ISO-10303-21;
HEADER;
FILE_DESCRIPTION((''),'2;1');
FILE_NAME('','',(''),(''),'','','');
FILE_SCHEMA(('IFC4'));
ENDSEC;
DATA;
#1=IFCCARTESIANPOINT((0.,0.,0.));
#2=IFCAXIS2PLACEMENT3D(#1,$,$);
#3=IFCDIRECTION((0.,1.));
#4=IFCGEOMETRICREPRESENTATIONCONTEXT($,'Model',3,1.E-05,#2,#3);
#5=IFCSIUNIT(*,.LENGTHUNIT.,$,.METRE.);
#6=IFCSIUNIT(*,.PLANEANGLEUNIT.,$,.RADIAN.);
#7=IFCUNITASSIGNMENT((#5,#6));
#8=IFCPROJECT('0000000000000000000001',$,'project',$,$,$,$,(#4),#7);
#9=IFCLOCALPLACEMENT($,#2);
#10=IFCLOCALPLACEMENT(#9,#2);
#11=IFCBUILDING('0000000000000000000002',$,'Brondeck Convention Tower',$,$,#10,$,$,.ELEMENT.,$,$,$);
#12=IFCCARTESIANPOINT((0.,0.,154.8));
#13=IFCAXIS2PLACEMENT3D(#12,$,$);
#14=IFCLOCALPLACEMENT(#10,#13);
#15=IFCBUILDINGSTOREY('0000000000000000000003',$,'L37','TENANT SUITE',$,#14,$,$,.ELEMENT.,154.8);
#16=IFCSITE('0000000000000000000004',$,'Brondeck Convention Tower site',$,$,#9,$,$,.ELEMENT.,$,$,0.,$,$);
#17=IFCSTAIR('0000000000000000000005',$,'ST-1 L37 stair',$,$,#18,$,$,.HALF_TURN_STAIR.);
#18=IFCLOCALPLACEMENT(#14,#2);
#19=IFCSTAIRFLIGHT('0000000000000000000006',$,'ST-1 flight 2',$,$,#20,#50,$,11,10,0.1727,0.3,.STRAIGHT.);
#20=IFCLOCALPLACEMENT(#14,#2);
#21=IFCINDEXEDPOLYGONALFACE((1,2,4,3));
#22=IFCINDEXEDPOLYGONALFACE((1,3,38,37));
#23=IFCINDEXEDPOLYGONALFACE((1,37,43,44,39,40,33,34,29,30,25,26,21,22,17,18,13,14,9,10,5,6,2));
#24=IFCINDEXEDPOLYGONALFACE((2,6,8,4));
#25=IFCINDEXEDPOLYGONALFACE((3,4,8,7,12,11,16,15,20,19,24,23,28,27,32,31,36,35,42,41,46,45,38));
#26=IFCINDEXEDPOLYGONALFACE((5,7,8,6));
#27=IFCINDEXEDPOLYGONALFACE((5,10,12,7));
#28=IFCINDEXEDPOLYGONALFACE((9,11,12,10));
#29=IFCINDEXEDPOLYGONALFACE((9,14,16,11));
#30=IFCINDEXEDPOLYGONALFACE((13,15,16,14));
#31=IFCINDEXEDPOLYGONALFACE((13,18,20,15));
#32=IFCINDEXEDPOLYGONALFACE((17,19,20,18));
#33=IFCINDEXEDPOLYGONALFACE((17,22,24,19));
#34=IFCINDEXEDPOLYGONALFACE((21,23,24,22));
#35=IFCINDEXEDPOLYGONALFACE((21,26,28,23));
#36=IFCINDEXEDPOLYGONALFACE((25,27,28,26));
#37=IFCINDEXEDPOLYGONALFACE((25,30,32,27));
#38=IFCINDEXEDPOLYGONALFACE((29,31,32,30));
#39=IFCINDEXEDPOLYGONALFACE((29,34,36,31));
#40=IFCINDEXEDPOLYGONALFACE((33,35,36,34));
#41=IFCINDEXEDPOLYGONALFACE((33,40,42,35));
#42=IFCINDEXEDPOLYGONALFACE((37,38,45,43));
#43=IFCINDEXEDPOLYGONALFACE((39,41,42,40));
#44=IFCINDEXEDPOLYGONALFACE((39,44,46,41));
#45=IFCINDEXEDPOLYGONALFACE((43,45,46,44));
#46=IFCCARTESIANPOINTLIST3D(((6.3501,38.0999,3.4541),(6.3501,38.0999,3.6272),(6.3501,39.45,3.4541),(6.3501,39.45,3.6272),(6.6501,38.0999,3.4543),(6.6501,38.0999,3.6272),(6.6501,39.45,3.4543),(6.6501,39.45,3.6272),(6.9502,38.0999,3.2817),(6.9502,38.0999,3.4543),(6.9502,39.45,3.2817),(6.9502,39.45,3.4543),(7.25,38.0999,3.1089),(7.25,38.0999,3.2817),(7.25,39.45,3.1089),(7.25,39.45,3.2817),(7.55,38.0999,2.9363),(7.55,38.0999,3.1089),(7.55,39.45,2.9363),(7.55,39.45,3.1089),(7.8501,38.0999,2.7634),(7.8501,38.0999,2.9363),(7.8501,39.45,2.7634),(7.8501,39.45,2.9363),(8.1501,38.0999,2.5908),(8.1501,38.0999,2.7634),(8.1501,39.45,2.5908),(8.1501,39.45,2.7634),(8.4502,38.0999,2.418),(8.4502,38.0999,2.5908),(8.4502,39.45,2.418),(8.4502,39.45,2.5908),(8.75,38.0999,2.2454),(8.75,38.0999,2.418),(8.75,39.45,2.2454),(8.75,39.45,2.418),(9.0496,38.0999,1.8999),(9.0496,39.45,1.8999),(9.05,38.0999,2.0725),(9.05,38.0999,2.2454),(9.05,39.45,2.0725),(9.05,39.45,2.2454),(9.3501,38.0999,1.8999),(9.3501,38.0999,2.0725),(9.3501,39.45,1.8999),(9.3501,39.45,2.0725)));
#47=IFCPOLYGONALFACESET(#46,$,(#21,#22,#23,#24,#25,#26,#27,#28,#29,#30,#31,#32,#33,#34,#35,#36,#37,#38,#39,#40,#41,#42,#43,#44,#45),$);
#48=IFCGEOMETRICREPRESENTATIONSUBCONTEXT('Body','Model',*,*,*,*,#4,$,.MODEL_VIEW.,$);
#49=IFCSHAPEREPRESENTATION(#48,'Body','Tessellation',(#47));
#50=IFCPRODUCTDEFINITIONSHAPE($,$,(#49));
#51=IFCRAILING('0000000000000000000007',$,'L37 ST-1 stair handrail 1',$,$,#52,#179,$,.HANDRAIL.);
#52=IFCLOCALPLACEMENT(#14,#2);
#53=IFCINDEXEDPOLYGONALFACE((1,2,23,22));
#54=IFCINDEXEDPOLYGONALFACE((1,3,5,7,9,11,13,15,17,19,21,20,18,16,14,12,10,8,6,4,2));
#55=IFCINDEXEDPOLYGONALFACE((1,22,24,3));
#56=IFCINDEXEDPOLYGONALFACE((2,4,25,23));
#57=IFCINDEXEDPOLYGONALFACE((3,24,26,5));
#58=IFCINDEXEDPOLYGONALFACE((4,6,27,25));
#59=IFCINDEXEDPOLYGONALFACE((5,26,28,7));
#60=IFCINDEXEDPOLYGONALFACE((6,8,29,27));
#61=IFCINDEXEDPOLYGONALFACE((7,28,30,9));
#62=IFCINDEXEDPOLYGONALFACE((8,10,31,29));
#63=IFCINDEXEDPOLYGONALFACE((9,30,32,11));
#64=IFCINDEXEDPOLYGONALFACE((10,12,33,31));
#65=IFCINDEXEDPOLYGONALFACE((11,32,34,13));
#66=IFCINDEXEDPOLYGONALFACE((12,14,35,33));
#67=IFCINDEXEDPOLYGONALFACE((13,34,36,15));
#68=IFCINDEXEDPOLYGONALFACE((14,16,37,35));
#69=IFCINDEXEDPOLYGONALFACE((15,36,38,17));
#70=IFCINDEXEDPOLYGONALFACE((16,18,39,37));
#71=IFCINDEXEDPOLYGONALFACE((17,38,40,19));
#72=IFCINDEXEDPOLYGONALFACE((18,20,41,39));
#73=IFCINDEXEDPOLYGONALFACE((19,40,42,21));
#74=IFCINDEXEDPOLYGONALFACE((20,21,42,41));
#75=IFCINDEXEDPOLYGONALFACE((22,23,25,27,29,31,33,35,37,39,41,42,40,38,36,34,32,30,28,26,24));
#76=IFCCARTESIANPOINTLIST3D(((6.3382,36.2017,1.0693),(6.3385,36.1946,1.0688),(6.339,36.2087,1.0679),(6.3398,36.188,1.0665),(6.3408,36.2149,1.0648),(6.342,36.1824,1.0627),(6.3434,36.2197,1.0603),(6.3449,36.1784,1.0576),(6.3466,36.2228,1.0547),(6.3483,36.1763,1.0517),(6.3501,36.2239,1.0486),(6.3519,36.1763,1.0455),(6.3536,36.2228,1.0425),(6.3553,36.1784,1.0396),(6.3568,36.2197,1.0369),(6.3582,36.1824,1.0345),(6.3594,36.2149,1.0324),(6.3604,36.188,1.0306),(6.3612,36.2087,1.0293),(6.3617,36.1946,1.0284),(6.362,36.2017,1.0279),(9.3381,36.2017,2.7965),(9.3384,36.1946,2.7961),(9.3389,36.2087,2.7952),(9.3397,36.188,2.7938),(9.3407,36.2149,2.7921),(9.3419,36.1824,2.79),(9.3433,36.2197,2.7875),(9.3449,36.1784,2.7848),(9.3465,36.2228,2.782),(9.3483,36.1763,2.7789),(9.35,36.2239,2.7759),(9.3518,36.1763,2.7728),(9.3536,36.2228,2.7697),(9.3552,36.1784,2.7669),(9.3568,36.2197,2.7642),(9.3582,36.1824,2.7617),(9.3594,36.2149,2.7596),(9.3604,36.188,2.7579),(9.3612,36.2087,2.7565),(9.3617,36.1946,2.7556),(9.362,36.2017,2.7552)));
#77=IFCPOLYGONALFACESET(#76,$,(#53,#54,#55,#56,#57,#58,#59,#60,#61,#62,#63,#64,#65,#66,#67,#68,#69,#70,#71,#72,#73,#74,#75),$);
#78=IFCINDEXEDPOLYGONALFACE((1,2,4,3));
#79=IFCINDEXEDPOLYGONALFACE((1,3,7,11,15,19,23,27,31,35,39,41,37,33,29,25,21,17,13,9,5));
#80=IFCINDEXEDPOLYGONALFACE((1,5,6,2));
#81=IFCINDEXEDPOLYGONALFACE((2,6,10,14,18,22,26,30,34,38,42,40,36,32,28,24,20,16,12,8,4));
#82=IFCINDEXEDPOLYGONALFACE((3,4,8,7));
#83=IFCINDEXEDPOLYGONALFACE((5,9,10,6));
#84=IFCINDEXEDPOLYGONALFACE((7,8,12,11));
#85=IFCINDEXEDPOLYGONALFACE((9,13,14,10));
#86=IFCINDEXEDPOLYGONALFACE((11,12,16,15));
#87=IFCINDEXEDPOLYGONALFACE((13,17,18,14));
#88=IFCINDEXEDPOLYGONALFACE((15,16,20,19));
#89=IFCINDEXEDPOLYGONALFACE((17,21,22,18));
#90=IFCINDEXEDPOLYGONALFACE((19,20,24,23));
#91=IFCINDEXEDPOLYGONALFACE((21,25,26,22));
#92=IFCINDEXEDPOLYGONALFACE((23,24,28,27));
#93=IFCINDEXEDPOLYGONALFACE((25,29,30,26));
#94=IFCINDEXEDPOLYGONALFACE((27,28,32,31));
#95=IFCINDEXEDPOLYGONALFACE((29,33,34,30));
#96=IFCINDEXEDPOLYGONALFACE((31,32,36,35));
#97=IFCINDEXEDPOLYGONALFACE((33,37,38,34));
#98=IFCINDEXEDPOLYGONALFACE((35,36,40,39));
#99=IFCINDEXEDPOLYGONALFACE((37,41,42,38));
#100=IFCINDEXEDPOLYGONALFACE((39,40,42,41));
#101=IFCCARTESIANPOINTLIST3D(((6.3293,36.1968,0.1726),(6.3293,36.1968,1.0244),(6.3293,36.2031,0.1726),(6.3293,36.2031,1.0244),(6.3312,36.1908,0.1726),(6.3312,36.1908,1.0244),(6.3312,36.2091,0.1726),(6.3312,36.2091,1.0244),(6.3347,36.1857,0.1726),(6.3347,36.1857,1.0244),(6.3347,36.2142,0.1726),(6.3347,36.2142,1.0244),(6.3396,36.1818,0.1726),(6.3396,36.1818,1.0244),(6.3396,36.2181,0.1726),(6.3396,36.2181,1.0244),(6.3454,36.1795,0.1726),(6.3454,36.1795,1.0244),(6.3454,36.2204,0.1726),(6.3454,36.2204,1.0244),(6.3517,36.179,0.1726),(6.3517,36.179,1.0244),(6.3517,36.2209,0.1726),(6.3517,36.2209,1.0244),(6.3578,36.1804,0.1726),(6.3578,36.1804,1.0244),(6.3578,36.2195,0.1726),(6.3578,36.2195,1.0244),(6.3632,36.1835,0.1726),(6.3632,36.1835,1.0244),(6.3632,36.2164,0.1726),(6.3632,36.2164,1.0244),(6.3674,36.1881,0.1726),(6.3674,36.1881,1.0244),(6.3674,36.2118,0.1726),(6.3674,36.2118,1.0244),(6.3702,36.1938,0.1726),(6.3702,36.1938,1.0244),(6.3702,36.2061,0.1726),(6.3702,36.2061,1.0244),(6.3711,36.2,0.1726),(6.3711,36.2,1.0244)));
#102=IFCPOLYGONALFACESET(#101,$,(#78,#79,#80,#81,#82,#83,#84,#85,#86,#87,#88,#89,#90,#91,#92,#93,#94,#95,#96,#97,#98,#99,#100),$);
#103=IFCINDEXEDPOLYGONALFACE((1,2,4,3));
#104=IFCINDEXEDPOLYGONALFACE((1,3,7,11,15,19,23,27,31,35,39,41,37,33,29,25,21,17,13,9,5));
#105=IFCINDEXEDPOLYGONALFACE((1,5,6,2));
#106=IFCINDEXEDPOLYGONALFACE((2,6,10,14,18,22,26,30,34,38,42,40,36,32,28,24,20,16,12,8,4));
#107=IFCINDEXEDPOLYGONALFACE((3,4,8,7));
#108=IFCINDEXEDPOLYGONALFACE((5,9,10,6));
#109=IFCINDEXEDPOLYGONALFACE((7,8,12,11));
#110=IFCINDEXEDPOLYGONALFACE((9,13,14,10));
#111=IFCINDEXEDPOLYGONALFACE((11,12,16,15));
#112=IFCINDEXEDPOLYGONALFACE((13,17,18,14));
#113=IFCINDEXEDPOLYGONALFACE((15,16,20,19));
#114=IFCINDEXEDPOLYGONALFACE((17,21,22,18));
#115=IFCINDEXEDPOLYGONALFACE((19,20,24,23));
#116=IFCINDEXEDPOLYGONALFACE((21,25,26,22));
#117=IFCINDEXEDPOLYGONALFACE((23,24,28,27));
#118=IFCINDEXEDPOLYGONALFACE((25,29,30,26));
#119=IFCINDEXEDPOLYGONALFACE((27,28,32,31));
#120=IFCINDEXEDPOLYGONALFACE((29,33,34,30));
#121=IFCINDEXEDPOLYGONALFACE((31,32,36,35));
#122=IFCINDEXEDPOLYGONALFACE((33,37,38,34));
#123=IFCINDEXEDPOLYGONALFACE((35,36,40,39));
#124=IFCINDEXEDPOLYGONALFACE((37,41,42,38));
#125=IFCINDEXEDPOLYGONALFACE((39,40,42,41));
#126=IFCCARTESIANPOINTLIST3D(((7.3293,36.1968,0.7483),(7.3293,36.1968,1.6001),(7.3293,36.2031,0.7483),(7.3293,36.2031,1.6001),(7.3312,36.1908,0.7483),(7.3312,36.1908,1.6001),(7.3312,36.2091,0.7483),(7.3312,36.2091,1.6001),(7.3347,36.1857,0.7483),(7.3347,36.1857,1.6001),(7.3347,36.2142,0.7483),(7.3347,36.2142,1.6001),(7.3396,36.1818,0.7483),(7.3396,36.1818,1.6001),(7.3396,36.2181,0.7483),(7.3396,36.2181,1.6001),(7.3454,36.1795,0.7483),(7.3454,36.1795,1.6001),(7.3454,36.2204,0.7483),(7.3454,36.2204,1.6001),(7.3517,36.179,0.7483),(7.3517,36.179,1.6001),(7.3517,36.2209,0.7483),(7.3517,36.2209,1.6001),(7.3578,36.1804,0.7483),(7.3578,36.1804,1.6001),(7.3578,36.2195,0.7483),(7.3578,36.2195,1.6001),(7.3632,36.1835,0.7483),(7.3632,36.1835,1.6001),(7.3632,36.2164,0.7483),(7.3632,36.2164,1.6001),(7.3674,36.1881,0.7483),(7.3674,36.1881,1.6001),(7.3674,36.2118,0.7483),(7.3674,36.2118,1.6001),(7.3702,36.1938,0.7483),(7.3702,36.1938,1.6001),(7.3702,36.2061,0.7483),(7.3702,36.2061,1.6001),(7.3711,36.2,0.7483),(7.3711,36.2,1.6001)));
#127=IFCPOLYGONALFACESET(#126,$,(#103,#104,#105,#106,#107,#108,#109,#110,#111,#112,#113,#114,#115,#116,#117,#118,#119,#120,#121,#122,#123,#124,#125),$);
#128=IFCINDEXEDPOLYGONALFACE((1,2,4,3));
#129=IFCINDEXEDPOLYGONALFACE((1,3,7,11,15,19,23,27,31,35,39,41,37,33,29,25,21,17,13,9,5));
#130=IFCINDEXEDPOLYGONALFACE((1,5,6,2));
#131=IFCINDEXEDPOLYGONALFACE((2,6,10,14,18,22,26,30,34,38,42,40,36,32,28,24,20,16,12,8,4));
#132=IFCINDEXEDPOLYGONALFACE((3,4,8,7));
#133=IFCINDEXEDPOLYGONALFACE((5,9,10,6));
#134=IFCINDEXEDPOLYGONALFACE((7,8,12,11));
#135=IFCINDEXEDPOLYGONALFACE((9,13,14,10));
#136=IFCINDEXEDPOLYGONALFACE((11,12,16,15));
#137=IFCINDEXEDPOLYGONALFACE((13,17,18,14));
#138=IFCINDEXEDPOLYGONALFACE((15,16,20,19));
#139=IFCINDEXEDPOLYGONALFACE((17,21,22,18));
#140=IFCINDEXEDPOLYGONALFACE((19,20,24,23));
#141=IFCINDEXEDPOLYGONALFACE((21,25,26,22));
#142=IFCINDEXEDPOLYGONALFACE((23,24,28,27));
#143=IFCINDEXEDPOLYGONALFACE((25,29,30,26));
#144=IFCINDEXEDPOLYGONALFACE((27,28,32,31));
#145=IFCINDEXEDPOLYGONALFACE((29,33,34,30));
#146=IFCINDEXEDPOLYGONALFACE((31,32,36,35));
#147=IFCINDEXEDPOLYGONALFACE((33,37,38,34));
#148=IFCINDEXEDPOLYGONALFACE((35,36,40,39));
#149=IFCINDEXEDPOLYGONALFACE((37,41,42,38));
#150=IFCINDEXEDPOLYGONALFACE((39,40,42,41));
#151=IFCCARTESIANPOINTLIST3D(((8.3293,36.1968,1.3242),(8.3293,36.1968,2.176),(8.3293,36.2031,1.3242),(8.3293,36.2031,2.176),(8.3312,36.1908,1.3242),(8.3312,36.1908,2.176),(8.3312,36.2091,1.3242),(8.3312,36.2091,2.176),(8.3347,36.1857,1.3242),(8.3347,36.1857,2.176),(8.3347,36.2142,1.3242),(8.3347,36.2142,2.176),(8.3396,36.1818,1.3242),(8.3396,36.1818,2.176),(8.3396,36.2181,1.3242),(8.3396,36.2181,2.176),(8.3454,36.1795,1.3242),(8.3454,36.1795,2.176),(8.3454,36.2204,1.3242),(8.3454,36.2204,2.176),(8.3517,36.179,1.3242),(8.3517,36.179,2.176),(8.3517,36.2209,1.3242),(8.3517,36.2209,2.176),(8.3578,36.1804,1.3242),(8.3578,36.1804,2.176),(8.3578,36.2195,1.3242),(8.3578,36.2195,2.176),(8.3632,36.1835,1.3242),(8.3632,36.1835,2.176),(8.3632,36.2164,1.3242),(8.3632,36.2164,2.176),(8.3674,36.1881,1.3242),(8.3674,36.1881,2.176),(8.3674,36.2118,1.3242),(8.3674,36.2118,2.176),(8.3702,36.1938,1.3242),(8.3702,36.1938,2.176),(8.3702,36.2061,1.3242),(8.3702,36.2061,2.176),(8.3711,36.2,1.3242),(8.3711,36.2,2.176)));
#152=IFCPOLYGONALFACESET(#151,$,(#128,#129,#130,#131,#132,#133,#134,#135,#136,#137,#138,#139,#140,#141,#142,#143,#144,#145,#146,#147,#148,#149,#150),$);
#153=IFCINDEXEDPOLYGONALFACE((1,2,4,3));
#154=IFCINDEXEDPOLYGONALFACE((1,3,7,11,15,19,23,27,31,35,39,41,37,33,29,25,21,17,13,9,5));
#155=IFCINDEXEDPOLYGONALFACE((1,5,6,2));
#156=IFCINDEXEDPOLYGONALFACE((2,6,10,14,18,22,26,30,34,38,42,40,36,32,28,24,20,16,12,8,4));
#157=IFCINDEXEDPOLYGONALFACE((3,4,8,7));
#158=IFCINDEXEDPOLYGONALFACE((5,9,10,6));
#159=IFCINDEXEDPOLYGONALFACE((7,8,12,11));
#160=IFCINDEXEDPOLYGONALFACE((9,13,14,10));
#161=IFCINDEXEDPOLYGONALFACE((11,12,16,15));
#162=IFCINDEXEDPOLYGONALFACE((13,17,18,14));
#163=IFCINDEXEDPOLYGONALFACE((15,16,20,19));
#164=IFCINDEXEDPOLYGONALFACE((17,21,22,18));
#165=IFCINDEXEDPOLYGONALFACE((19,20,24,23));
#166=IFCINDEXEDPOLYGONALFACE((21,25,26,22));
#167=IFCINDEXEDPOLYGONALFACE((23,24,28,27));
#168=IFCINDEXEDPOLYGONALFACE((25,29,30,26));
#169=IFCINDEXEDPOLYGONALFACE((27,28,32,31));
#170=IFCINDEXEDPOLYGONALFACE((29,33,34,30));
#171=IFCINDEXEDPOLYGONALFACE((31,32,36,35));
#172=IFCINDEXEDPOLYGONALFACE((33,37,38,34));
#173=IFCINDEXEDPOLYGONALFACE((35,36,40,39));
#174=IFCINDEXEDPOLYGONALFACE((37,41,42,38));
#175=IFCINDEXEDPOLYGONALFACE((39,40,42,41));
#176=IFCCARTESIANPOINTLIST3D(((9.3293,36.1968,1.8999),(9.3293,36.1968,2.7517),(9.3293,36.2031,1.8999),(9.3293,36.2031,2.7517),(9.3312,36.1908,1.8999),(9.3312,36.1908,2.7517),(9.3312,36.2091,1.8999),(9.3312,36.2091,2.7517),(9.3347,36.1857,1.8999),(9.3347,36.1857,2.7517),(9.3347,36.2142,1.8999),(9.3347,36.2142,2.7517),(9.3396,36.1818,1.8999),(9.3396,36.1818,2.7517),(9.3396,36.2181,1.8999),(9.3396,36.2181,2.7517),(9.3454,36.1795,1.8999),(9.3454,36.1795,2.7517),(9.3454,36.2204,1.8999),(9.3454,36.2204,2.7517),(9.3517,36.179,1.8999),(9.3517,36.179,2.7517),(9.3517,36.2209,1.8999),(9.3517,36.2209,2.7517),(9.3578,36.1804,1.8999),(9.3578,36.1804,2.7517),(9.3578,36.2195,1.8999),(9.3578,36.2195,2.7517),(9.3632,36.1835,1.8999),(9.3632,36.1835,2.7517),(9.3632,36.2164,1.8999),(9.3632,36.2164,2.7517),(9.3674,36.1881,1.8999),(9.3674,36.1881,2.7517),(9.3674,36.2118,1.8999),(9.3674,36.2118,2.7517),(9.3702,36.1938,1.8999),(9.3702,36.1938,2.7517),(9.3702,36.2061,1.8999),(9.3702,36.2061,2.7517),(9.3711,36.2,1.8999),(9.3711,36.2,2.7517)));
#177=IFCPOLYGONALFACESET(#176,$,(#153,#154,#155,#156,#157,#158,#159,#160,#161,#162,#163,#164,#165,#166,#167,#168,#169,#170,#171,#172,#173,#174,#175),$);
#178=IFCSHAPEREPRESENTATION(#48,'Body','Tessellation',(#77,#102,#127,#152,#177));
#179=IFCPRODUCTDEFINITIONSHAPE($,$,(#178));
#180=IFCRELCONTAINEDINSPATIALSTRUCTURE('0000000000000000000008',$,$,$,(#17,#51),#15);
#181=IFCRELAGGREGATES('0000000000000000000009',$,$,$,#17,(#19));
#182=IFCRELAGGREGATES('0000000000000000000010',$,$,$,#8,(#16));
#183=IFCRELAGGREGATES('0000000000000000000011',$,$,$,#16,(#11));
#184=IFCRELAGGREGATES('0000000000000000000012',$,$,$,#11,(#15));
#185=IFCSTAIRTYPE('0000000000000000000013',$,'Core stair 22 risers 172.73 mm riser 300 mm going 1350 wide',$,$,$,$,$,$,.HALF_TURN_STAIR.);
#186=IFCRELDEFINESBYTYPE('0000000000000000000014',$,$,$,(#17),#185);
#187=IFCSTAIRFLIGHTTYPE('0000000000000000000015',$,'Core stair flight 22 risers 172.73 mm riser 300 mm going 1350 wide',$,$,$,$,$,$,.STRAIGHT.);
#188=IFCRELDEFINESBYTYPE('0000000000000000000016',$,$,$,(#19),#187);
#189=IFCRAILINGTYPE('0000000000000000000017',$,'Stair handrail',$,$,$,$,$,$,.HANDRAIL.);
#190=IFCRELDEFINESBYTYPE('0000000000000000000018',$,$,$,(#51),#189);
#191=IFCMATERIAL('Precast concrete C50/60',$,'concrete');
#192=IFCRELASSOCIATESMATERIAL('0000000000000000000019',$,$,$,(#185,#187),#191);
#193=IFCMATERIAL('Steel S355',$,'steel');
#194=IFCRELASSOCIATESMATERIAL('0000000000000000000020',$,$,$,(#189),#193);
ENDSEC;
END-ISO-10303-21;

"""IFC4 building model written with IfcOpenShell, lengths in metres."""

from ifc_helpers import new_model, si_unit, direction, frame, origin, origin_2d, place, context, subcontext, project, spatial, polyline, circle, outline, extrude, material, type_object, element, aggregate, save


model = new_model("IFC4")

# Units and contexts
model_context = context("Model", 3, precision=1e-05, world=origin(), true_north=direction((0.0, 1.0)))
body_context = subcontext(model_context, "Body", "Model", "MODEL_VIEW")
ifc_project = project(units=[si_unit("LENGTHUNIT", "METRE"), si_unit("PLANEANGLEUNIT", "RADIAN")], contexts=[model_context])

# Site, building, storey
site_placement = place(None, origin())
site = spatial("IfcSite", under=ifc_project, at=site_placement, Name="Brondeck Convention Tower site", CompositionType="ELEMENT", RefElevation=0.0)
building_placement = place(site_placement, origin())
building = spatial("IfcBuilding", under=site, at=building_placement, Name="Brondeck Convention Tower", CompositionType="ELEMENT")
storey_placement = place(building_placement, frame((0.0, 0.0, 154.8)))
storey = spatial("IfcBuildingStorey", under=building, at=storey_placement, Name="L37", Description="TENANT SUITE", CompositionType="ELEMENT", Elevation=154.8)

# Shared definitions
ifc_material_1 = material(Name="Steel S355", Category="steel")

# Stair, stair flight
ifc_material_2 = material(Name="Precast concrete C50/60", Category="concrete")
stair_type = type_object("IfcStairType", Name="Core stair 22 risers 172.73 mm riser 300 mm going 1350 wide", PredefinedType="HALF_TURN_STAIR", material=ifc_material_2)
stair_placement = place(storey_placement, origin())
stair = element("IfcStair", 1, at=stair_placement, inside=storey, type_object=stair_type, Name="ST-1 L37 stair", PredefinedType="HALF_TURN_STAIR")
stair_flight_type = type_object("IfcStairFlightType", Name="Core stair flight 22 risers 172.73 mm riser 300 mm going 1350 wide", PredefinedType="STRAIGHT", material=ifc_material_2)
stair_flight_1_placement = place(storey_placement, frame((9.3501, 38.7749, 1.8999), z_axis=(0.0, 0.0, 1.0), x_axis=(-1.0, 0.0, 0.0)))
stair_flight_1 = element("IfcStairFlight", 2, at=stair_flight_1_placement, type_object=stair_flight_type, Name="ST-1 flight 2", NumberOfRisers=11, NumberOfTreads=10, PredefinedType="STRAIGHT", RiserHeight=0.1727, TreadLength=0.3, context=body_context, shape_type="SweptSolid", body=[
    extrude(outline(polyline([(0.0, 0.0), (0.0, 0.1726), (0.3, 0.1726), (0.3, 0.3455), (0.6001, 0.3455), (0.6001, 0.5181), (0.8999, 0.5181), (0.8999, 0.6909), (1.2, 0.6909), (1.2, 0.8635), (1.5, 0.8635), (1.5, 1.0364), (1.8, 1.0364), (1.8, 1.209), (2.1001, 1.209), (2.1001, 1.3818), (2.3999, 1.3818), (2.3999, 1.5544), (2.7, 1.5544), (2.7, 1.7273), (3.0, 1.7273), (3.0, 1.8999), (3.0, 1.5542), (0.3005, 0.0), (0.0, 0.0)])), frame((0.0, 0.675, 0.0), z_axis=(0.0, -1.0, 0.0), x_axis=(1.0, 0.0, 0.0)), (0.0, 0.0, 1.0), 1.3501),
])
aggregate(stair, [stair_flight_1])

# Railing
railing_type_1 = type_object("IfcRailingType", Name="Stair handrail", PredefinedType="HANDRAIL", material=ifc_material_1)
railing_1_placement = place(storey_placement, frame((6.3501, 36.2, 0.1726)))
element("IfcRailing", 3, at=railing_1_placement, inside=storey, type_object=railing_type_1, Name="L37 ST-1 stair handrail 1", PredefinedType="HANDRAIL", context=body_context, shape_type="SweptSolid", body=[
    extrude(circle(Radius=0.0239, at=origin_2d()), frame((0.0, 0.0, 0.876), z_axis=(0.86662, 0.0, 0.498969), x_axis=(0.0, 1.0, 0.0)), (0.0, 0.0, 1.0), 3.4617),
    extrude(circle(Radius=0.021, at=origin_2d()), origin(), (0.0, 0.0, 1.0), 0.8518),
    extrude(circle(Radius=0.021, at=origin_2d()), frame((1.0, 0.0, 0.5757)), (0.0, 0.0, 1.0), 0.8518),
    extrude(circle(Radius=0.021, at=origin_2d()), frame((2.0, 0.0, 1.1516)), (0.0, 0.0, 1.0), 0.8518),
    extrude(circle(Radius=0.021, at=origin_2d()), frame((3.0, 0.0, 1.7273)), (0.0, 0.0, 1.0), 0.8518),
])

save(model, "model.ifc")
